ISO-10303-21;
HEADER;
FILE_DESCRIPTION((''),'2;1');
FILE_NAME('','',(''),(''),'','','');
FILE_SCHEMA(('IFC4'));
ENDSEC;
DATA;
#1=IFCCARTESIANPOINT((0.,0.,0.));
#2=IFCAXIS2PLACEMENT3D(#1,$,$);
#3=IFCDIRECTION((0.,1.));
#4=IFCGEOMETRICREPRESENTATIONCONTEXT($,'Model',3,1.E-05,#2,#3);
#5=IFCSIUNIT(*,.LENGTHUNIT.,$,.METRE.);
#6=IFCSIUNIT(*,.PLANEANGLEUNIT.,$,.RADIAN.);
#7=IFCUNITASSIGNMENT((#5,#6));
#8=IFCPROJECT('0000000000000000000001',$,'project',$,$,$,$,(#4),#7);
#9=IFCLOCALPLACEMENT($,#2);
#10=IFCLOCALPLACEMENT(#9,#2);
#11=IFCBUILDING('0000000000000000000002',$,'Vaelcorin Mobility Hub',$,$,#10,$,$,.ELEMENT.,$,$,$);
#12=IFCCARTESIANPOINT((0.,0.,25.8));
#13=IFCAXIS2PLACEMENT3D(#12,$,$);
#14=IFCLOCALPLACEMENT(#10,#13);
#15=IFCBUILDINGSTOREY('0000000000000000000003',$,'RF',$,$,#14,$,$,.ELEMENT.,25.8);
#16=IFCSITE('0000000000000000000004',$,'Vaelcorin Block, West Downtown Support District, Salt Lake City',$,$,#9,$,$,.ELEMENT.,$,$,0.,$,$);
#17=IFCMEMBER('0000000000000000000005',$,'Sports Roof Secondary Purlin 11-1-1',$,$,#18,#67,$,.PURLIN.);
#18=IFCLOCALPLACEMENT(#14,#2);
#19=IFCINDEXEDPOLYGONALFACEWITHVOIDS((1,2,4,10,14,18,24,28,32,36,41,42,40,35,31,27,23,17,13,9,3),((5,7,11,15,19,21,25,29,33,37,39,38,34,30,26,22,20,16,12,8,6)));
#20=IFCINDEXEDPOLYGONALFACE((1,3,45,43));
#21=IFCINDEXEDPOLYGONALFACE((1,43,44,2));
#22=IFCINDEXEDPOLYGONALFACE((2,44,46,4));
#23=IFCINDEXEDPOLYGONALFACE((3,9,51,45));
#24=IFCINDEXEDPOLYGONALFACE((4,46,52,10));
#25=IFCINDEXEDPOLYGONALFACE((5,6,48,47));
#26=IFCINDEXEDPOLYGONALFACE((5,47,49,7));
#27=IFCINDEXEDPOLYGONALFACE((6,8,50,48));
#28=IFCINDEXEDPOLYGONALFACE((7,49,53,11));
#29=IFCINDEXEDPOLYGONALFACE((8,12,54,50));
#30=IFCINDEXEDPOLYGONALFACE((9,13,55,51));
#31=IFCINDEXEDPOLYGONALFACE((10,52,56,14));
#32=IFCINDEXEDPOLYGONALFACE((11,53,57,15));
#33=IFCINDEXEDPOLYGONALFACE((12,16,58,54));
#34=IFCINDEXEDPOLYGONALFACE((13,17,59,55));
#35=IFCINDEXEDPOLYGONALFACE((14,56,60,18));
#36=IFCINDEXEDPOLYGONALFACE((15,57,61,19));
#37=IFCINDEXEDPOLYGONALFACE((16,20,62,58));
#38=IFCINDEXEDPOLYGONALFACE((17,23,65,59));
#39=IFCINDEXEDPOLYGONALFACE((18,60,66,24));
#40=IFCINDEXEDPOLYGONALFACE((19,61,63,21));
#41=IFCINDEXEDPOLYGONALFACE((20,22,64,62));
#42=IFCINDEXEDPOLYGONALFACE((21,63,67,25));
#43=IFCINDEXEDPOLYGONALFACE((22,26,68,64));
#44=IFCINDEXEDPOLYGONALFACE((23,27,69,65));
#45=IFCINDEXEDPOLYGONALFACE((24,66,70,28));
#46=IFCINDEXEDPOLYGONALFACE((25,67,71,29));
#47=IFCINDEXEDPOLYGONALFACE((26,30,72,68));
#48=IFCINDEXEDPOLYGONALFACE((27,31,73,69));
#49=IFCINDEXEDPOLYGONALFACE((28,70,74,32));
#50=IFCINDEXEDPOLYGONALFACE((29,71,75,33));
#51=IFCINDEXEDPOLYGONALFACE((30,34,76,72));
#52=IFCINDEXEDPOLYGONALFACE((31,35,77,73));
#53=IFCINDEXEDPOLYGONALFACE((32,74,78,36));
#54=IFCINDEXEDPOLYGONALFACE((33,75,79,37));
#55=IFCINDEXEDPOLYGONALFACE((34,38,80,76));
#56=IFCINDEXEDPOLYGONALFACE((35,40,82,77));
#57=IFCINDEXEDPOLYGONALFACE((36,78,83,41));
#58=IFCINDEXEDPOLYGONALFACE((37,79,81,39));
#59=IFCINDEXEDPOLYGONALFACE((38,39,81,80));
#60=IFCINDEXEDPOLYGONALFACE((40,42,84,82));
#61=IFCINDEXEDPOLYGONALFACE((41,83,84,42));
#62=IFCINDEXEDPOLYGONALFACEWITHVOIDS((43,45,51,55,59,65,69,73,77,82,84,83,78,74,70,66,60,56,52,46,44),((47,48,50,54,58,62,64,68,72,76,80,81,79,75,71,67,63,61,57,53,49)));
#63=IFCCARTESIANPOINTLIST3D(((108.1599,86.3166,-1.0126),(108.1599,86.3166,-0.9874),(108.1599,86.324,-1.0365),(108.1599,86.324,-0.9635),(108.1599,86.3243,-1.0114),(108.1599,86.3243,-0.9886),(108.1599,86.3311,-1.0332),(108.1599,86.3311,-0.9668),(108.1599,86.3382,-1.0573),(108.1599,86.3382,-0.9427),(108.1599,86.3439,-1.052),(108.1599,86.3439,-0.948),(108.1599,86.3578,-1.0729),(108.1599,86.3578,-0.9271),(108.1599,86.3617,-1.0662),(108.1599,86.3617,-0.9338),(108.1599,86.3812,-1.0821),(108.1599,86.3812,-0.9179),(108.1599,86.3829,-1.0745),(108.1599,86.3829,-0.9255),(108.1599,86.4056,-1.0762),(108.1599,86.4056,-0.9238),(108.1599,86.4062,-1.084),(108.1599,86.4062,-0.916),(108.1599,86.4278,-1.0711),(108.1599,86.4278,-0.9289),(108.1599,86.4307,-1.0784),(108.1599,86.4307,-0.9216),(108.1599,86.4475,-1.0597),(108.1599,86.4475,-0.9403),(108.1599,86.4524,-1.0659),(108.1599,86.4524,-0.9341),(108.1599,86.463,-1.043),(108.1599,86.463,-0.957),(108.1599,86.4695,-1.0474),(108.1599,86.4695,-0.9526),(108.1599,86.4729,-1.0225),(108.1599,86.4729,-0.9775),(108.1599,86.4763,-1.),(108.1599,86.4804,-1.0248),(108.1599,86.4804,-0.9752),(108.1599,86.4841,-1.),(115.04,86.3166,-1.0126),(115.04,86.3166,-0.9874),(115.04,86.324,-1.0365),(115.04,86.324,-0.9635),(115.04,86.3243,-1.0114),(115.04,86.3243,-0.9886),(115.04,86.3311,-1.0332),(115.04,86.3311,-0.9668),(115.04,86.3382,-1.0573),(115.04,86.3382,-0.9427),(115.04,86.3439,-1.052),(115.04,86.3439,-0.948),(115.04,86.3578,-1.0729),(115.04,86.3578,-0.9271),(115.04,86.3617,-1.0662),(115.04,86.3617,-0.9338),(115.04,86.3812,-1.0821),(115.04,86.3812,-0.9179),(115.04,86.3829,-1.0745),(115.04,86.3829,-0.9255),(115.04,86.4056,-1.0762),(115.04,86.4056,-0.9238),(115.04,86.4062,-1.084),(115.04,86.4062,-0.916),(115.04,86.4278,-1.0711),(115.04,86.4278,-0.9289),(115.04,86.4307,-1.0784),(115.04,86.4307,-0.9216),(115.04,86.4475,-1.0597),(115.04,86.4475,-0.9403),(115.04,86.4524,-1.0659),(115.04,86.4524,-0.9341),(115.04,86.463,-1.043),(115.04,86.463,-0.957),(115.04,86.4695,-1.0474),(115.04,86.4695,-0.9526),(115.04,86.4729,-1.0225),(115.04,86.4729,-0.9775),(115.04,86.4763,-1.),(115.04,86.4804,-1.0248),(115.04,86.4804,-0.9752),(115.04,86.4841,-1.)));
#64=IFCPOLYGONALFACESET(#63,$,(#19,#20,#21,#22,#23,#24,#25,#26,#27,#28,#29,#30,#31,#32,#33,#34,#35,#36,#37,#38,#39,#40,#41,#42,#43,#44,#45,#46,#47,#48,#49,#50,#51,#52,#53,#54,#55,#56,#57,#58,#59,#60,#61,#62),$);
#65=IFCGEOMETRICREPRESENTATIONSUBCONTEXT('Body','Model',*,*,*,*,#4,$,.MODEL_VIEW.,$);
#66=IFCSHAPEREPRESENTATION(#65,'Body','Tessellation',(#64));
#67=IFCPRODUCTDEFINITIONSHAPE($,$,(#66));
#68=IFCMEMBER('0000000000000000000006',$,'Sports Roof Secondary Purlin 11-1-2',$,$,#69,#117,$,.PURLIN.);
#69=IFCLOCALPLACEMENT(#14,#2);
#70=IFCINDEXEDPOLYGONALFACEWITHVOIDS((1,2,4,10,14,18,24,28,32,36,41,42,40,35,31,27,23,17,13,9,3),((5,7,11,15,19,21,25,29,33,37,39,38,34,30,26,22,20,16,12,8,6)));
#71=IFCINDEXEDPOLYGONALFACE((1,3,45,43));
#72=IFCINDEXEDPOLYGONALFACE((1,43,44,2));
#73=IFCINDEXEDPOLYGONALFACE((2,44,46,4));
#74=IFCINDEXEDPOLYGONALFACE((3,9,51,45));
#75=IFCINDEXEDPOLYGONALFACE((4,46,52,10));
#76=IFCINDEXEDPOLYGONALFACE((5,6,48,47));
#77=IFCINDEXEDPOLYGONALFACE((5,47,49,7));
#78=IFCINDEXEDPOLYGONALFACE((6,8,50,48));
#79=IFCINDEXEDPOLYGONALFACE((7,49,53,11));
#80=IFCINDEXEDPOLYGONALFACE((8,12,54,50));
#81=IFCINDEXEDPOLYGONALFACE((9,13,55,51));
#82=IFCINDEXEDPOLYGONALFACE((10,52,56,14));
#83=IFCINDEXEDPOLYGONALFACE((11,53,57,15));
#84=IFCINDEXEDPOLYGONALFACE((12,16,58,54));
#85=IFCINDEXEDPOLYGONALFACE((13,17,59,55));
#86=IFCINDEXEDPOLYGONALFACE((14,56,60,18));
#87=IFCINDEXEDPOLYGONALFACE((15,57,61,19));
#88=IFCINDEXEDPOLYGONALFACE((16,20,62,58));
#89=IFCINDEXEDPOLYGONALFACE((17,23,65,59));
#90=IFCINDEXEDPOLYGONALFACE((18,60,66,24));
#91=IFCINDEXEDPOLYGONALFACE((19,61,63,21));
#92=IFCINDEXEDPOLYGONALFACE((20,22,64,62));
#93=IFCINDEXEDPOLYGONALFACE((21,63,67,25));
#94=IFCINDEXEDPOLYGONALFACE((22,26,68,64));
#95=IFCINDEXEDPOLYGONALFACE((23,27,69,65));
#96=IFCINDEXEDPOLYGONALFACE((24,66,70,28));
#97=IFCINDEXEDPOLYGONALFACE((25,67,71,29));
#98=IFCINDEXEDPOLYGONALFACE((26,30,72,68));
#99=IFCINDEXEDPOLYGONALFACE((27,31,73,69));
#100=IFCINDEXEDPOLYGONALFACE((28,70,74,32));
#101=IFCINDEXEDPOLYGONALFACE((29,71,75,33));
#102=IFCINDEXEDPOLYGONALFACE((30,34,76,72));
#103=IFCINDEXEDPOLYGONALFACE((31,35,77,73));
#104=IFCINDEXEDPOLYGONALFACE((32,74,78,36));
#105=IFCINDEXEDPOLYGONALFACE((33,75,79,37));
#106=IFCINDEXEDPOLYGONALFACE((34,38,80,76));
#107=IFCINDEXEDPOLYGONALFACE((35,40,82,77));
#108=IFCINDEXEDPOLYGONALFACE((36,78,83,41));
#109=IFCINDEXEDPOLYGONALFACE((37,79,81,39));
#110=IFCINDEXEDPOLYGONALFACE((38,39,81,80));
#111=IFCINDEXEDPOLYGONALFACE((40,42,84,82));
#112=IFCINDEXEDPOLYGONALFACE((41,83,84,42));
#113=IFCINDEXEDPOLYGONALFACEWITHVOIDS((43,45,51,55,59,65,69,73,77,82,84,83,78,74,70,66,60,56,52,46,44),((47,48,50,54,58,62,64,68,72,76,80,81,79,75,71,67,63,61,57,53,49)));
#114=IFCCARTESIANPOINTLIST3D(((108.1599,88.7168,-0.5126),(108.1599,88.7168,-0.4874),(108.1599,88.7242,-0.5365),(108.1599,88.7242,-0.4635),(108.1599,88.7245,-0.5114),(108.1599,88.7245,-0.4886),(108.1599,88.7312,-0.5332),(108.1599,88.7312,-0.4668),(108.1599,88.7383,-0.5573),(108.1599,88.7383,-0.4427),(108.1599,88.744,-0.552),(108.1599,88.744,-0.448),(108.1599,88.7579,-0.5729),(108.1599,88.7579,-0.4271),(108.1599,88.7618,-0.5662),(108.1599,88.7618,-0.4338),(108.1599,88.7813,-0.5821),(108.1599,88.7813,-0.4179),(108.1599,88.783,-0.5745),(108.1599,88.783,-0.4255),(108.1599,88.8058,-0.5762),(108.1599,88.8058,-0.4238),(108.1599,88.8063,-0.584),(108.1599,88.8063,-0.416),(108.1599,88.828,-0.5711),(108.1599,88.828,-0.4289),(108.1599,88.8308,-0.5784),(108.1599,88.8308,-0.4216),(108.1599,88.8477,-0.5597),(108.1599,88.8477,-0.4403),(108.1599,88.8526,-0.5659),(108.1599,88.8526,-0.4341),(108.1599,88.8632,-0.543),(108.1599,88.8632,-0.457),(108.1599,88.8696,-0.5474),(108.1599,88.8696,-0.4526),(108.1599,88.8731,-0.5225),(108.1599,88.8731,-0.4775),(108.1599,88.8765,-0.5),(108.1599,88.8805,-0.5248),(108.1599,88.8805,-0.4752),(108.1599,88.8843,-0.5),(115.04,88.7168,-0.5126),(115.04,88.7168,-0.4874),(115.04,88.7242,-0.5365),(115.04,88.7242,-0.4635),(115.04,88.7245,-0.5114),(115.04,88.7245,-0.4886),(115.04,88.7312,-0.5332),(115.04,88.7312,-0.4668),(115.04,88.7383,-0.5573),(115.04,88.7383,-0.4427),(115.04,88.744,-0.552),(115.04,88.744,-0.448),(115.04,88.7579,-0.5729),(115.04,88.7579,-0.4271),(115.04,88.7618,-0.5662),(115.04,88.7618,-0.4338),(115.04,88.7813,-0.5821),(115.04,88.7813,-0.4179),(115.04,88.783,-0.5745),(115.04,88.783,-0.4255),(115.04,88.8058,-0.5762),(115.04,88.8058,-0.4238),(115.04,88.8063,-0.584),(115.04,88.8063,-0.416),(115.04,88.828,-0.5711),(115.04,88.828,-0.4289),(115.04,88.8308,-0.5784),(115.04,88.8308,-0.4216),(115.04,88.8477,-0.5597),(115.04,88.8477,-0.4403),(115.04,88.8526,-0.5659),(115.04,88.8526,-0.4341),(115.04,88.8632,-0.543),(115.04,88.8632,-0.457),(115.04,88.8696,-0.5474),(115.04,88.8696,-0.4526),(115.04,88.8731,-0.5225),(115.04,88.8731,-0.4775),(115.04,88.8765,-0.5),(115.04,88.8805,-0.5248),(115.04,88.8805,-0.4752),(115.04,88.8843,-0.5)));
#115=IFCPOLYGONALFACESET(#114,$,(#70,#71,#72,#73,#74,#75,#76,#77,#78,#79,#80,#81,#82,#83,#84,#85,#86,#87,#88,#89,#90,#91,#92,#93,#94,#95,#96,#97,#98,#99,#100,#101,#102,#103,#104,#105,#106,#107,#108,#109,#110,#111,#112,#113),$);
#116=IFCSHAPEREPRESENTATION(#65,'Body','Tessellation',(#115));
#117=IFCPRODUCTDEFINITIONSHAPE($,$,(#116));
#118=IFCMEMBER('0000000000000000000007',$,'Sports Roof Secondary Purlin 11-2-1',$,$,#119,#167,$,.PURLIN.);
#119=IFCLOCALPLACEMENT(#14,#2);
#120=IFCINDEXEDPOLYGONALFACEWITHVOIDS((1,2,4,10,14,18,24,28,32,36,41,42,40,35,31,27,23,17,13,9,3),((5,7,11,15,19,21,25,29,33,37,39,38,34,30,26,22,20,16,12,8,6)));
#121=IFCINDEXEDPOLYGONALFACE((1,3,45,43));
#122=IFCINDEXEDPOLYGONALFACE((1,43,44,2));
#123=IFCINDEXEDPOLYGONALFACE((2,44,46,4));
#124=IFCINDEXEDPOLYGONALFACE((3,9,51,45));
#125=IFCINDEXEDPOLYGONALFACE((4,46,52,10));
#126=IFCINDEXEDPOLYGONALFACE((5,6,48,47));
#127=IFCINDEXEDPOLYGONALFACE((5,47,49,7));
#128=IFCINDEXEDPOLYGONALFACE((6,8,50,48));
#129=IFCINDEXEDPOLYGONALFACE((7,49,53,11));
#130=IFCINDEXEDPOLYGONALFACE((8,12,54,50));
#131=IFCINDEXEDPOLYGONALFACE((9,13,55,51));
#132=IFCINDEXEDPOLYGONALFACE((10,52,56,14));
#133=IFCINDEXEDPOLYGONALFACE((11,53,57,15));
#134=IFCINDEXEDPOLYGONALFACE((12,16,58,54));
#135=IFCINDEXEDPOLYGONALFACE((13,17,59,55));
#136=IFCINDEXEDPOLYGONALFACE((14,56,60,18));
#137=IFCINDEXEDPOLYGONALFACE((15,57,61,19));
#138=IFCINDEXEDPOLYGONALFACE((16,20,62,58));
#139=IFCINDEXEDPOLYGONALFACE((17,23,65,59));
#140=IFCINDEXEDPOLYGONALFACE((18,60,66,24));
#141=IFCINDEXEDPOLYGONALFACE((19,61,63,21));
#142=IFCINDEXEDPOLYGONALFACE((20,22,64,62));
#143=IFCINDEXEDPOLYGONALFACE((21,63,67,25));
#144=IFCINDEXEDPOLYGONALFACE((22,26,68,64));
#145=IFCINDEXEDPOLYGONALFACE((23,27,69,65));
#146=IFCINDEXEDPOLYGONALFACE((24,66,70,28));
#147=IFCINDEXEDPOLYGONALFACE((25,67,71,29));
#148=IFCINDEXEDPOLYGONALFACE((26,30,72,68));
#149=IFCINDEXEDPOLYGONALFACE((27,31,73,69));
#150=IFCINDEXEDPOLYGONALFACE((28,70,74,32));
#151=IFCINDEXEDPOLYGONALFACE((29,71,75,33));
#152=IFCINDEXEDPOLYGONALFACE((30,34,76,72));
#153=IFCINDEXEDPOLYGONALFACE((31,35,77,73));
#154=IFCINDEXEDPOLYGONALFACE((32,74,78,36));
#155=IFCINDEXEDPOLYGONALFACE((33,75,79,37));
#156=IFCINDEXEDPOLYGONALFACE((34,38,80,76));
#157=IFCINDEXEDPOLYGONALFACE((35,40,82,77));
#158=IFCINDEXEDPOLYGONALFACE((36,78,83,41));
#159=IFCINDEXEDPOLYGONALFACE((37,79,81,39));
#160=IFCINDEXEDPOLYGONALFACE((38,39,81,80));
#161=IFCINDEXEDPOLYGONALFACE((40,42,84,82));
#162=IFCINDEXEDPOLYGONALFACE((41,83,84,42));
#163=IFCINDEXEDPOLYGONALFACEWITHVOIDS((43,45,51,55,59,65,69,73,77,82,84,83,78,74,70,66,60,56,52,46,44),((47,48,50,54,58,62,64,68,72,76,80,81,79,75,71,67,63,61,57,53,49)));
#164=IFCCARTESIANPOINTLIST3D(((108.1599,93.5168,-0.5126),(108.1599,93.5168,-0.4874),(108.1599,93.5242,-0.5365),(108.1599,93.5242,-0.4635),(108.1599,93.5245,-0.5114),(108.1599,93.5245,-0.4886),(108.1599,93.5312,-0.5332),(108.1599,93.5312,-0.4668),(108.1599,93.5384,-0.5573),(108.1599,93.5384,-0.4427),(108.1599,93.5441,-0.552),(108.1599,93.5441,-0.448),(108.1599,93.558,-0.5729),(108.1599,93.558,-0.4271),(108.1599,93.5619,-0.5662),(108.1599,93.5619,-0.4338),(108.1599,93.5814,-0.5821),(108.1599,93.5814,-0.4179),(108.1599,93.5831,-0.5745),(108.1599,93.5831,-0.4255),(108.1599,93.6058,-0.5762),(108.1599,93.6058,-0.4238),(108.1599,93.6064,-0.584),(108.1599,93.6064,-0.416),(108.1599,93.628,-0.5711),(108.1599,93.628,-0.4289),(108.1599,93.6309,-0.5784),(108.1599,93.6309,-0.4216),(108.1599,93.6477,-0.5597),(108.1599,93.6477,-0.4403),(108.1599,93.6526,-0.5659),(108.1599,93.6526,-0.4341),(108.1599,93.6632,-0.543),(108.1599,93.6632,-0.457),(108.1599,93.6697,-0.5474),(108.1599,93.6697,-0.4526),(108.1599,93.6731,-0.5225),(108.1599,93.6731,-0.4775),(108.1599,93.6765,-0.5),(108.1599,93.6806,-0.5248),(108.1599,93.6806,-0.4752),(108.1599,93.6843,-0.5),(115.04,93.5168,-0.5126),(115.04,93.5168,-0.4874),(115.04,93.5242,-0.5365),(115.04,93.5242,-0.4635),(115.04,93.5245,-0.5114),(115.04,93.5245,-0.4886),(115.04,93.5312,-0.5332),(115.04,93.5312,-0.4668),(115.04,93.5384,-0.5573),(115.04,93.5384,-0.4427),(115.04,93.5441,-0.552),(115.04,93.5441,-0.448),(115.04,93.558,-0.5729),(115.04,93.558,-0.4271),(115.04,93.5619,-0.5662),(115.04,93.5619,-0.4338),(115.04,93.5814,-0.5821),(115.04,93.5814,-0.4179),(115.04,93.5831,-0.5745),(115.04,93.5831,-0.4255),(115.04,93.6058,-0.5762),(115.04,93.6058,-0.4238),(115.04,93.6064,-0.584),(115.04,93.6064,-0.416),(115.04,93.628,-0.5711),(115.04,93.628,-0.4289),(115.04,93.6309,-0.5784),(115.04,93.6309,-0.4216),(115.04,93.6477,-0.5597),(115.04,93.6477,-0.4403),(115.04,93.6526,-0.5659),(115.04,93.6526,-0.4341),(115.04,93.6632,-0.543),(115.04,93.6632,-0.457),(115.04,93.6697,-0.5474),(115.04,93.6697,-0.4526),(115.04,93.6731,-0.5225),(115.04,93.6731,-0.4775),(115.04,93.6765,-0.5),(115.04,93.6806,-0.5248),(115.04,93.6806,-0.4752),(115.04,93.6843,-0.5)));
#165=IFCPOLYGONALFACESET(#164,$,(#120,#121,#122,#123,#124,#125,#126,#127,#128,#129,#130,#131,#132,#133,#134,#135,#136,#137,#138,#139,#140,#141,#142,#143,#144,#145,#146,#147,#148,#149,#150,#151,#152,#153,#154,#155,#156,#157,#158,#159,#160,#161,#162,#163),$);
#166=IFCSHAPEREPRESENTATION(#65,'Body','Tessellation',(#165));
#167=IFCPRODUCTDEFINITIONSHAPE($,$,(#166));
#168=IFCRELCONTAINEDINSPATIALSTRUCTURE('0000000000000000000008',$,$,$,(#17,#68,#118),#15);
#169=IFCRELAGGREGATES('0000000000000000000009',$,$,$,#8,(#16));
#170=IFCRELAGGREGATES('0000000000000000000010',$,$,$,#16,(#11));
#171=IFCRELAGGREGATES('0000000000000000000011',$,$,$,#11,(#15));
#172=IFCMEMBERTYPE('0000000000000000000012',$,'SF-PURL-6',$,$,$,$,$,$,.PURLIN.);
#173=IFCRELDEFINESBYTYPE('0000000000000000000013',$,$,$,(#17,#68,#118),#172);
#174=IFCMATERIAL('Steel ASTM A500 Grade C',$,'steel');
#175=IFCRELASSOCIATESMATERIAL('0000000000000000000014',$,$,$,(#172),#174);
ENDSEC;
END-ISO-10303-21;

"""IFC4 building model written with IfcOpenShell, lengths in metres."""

from ifc_helpers import new_model, si_unit, direction, frame, origin, origin_2d, place, context, subcontext, project, spatial, hollow_circle, extrude, material, material_profile, profile_set, type_object, element, save


model = new_model("IFC4")

# Units and contexts
model_context = context("Model", 3, precision=1e-05, world=origin(), true_north=direction((0.0, 1.0)))
body_context = subcontext(model_context, "Body", "Model", "MODEL_VIEW")
ifc_project = project(units=[si_unit("LENGTHUNIT", "METRE"), si_unit("PLANEANGLEUNIT", "RADIAN")], contexts=[model_context])

# Site, building, storey
site_placement = place(None, origin())
site = spatial("IfcSite", under=ifc_project, at=site_placement, Name="Vaelcorin Block, West Downtown Support District, Salt Lake City", CompositionType="ELEMENT", RefElevation=0.0)
building_placement = place(site_placement, origin())
building = spatial("IfcBuilding", under=site, at=building_placement, Name="Vaelcorin Mobility Hub", CompositionType="ELEMENT")
storey_placement = place(building_placement, frame((0.0, 0.0, 25.8)))
storey = spatial("IfcBuildingStorey", under=building, at=storey_placement, Name="RF", CompositionType="ELEMENT", Elevation=25.8)

# Members
ifc_material_1 = material(Name="Steel ASTM A500 Grade C", Category="steel")
ifc_material_profile_1 = material_profile(ifc_material_1, hollow_circle(Radius=0.0842, WallThickness=0.0078, at=origin_2d()), Name="HSS6.625X0.312")
ifc_profile_set_1 = profile_set([ifc_material_profile_1], Name="Steel ASTM A500 Grade C")
member_type_1 = type_object("IfcMemberType", Name="SF-PURL-6", PredefinedType="PURLIN", material=ifc_profile_set_1)
for number, where, z_axis, x_axis, name in (
    (1, (108.1599, 86.3999, -1.0), (1.0, 0.0, 0.0), (0.0, 1.0, 0.0), "Sports Roof Secondary Purlin 11-1-1"),
    (2, (108.1599, 88.8, -0.5), (1.0, 0.0, 0.0), (0.0, 1.0, 0.0), "Sports Roof Secondary Purlin 11-1-2"),
    (3, (108.1599, 93.6001, -0.5), (1.0, 0.0, 0.0), (0.0, 1.0, 0.0), "Sports Roof Secondary Purlin 11-2-1"),
):
    element("IfcMember", number, at=place(storey_placement, frame(where, z_axis=z_axis, x_axis=x_axis)), inside=storey, type_object=member_type_1, Name=name, PredefinedType="PURLIN", context=body_context, shape_type="SweptSolid", body=[
        extrude(hollow_circle(Radius=0.0842, WallThickness=0.0078, at=origin_2d()), origin(), (0.0, 0.0, 1.0), 6.8801),
    ])

save(model, "model.ifc")
